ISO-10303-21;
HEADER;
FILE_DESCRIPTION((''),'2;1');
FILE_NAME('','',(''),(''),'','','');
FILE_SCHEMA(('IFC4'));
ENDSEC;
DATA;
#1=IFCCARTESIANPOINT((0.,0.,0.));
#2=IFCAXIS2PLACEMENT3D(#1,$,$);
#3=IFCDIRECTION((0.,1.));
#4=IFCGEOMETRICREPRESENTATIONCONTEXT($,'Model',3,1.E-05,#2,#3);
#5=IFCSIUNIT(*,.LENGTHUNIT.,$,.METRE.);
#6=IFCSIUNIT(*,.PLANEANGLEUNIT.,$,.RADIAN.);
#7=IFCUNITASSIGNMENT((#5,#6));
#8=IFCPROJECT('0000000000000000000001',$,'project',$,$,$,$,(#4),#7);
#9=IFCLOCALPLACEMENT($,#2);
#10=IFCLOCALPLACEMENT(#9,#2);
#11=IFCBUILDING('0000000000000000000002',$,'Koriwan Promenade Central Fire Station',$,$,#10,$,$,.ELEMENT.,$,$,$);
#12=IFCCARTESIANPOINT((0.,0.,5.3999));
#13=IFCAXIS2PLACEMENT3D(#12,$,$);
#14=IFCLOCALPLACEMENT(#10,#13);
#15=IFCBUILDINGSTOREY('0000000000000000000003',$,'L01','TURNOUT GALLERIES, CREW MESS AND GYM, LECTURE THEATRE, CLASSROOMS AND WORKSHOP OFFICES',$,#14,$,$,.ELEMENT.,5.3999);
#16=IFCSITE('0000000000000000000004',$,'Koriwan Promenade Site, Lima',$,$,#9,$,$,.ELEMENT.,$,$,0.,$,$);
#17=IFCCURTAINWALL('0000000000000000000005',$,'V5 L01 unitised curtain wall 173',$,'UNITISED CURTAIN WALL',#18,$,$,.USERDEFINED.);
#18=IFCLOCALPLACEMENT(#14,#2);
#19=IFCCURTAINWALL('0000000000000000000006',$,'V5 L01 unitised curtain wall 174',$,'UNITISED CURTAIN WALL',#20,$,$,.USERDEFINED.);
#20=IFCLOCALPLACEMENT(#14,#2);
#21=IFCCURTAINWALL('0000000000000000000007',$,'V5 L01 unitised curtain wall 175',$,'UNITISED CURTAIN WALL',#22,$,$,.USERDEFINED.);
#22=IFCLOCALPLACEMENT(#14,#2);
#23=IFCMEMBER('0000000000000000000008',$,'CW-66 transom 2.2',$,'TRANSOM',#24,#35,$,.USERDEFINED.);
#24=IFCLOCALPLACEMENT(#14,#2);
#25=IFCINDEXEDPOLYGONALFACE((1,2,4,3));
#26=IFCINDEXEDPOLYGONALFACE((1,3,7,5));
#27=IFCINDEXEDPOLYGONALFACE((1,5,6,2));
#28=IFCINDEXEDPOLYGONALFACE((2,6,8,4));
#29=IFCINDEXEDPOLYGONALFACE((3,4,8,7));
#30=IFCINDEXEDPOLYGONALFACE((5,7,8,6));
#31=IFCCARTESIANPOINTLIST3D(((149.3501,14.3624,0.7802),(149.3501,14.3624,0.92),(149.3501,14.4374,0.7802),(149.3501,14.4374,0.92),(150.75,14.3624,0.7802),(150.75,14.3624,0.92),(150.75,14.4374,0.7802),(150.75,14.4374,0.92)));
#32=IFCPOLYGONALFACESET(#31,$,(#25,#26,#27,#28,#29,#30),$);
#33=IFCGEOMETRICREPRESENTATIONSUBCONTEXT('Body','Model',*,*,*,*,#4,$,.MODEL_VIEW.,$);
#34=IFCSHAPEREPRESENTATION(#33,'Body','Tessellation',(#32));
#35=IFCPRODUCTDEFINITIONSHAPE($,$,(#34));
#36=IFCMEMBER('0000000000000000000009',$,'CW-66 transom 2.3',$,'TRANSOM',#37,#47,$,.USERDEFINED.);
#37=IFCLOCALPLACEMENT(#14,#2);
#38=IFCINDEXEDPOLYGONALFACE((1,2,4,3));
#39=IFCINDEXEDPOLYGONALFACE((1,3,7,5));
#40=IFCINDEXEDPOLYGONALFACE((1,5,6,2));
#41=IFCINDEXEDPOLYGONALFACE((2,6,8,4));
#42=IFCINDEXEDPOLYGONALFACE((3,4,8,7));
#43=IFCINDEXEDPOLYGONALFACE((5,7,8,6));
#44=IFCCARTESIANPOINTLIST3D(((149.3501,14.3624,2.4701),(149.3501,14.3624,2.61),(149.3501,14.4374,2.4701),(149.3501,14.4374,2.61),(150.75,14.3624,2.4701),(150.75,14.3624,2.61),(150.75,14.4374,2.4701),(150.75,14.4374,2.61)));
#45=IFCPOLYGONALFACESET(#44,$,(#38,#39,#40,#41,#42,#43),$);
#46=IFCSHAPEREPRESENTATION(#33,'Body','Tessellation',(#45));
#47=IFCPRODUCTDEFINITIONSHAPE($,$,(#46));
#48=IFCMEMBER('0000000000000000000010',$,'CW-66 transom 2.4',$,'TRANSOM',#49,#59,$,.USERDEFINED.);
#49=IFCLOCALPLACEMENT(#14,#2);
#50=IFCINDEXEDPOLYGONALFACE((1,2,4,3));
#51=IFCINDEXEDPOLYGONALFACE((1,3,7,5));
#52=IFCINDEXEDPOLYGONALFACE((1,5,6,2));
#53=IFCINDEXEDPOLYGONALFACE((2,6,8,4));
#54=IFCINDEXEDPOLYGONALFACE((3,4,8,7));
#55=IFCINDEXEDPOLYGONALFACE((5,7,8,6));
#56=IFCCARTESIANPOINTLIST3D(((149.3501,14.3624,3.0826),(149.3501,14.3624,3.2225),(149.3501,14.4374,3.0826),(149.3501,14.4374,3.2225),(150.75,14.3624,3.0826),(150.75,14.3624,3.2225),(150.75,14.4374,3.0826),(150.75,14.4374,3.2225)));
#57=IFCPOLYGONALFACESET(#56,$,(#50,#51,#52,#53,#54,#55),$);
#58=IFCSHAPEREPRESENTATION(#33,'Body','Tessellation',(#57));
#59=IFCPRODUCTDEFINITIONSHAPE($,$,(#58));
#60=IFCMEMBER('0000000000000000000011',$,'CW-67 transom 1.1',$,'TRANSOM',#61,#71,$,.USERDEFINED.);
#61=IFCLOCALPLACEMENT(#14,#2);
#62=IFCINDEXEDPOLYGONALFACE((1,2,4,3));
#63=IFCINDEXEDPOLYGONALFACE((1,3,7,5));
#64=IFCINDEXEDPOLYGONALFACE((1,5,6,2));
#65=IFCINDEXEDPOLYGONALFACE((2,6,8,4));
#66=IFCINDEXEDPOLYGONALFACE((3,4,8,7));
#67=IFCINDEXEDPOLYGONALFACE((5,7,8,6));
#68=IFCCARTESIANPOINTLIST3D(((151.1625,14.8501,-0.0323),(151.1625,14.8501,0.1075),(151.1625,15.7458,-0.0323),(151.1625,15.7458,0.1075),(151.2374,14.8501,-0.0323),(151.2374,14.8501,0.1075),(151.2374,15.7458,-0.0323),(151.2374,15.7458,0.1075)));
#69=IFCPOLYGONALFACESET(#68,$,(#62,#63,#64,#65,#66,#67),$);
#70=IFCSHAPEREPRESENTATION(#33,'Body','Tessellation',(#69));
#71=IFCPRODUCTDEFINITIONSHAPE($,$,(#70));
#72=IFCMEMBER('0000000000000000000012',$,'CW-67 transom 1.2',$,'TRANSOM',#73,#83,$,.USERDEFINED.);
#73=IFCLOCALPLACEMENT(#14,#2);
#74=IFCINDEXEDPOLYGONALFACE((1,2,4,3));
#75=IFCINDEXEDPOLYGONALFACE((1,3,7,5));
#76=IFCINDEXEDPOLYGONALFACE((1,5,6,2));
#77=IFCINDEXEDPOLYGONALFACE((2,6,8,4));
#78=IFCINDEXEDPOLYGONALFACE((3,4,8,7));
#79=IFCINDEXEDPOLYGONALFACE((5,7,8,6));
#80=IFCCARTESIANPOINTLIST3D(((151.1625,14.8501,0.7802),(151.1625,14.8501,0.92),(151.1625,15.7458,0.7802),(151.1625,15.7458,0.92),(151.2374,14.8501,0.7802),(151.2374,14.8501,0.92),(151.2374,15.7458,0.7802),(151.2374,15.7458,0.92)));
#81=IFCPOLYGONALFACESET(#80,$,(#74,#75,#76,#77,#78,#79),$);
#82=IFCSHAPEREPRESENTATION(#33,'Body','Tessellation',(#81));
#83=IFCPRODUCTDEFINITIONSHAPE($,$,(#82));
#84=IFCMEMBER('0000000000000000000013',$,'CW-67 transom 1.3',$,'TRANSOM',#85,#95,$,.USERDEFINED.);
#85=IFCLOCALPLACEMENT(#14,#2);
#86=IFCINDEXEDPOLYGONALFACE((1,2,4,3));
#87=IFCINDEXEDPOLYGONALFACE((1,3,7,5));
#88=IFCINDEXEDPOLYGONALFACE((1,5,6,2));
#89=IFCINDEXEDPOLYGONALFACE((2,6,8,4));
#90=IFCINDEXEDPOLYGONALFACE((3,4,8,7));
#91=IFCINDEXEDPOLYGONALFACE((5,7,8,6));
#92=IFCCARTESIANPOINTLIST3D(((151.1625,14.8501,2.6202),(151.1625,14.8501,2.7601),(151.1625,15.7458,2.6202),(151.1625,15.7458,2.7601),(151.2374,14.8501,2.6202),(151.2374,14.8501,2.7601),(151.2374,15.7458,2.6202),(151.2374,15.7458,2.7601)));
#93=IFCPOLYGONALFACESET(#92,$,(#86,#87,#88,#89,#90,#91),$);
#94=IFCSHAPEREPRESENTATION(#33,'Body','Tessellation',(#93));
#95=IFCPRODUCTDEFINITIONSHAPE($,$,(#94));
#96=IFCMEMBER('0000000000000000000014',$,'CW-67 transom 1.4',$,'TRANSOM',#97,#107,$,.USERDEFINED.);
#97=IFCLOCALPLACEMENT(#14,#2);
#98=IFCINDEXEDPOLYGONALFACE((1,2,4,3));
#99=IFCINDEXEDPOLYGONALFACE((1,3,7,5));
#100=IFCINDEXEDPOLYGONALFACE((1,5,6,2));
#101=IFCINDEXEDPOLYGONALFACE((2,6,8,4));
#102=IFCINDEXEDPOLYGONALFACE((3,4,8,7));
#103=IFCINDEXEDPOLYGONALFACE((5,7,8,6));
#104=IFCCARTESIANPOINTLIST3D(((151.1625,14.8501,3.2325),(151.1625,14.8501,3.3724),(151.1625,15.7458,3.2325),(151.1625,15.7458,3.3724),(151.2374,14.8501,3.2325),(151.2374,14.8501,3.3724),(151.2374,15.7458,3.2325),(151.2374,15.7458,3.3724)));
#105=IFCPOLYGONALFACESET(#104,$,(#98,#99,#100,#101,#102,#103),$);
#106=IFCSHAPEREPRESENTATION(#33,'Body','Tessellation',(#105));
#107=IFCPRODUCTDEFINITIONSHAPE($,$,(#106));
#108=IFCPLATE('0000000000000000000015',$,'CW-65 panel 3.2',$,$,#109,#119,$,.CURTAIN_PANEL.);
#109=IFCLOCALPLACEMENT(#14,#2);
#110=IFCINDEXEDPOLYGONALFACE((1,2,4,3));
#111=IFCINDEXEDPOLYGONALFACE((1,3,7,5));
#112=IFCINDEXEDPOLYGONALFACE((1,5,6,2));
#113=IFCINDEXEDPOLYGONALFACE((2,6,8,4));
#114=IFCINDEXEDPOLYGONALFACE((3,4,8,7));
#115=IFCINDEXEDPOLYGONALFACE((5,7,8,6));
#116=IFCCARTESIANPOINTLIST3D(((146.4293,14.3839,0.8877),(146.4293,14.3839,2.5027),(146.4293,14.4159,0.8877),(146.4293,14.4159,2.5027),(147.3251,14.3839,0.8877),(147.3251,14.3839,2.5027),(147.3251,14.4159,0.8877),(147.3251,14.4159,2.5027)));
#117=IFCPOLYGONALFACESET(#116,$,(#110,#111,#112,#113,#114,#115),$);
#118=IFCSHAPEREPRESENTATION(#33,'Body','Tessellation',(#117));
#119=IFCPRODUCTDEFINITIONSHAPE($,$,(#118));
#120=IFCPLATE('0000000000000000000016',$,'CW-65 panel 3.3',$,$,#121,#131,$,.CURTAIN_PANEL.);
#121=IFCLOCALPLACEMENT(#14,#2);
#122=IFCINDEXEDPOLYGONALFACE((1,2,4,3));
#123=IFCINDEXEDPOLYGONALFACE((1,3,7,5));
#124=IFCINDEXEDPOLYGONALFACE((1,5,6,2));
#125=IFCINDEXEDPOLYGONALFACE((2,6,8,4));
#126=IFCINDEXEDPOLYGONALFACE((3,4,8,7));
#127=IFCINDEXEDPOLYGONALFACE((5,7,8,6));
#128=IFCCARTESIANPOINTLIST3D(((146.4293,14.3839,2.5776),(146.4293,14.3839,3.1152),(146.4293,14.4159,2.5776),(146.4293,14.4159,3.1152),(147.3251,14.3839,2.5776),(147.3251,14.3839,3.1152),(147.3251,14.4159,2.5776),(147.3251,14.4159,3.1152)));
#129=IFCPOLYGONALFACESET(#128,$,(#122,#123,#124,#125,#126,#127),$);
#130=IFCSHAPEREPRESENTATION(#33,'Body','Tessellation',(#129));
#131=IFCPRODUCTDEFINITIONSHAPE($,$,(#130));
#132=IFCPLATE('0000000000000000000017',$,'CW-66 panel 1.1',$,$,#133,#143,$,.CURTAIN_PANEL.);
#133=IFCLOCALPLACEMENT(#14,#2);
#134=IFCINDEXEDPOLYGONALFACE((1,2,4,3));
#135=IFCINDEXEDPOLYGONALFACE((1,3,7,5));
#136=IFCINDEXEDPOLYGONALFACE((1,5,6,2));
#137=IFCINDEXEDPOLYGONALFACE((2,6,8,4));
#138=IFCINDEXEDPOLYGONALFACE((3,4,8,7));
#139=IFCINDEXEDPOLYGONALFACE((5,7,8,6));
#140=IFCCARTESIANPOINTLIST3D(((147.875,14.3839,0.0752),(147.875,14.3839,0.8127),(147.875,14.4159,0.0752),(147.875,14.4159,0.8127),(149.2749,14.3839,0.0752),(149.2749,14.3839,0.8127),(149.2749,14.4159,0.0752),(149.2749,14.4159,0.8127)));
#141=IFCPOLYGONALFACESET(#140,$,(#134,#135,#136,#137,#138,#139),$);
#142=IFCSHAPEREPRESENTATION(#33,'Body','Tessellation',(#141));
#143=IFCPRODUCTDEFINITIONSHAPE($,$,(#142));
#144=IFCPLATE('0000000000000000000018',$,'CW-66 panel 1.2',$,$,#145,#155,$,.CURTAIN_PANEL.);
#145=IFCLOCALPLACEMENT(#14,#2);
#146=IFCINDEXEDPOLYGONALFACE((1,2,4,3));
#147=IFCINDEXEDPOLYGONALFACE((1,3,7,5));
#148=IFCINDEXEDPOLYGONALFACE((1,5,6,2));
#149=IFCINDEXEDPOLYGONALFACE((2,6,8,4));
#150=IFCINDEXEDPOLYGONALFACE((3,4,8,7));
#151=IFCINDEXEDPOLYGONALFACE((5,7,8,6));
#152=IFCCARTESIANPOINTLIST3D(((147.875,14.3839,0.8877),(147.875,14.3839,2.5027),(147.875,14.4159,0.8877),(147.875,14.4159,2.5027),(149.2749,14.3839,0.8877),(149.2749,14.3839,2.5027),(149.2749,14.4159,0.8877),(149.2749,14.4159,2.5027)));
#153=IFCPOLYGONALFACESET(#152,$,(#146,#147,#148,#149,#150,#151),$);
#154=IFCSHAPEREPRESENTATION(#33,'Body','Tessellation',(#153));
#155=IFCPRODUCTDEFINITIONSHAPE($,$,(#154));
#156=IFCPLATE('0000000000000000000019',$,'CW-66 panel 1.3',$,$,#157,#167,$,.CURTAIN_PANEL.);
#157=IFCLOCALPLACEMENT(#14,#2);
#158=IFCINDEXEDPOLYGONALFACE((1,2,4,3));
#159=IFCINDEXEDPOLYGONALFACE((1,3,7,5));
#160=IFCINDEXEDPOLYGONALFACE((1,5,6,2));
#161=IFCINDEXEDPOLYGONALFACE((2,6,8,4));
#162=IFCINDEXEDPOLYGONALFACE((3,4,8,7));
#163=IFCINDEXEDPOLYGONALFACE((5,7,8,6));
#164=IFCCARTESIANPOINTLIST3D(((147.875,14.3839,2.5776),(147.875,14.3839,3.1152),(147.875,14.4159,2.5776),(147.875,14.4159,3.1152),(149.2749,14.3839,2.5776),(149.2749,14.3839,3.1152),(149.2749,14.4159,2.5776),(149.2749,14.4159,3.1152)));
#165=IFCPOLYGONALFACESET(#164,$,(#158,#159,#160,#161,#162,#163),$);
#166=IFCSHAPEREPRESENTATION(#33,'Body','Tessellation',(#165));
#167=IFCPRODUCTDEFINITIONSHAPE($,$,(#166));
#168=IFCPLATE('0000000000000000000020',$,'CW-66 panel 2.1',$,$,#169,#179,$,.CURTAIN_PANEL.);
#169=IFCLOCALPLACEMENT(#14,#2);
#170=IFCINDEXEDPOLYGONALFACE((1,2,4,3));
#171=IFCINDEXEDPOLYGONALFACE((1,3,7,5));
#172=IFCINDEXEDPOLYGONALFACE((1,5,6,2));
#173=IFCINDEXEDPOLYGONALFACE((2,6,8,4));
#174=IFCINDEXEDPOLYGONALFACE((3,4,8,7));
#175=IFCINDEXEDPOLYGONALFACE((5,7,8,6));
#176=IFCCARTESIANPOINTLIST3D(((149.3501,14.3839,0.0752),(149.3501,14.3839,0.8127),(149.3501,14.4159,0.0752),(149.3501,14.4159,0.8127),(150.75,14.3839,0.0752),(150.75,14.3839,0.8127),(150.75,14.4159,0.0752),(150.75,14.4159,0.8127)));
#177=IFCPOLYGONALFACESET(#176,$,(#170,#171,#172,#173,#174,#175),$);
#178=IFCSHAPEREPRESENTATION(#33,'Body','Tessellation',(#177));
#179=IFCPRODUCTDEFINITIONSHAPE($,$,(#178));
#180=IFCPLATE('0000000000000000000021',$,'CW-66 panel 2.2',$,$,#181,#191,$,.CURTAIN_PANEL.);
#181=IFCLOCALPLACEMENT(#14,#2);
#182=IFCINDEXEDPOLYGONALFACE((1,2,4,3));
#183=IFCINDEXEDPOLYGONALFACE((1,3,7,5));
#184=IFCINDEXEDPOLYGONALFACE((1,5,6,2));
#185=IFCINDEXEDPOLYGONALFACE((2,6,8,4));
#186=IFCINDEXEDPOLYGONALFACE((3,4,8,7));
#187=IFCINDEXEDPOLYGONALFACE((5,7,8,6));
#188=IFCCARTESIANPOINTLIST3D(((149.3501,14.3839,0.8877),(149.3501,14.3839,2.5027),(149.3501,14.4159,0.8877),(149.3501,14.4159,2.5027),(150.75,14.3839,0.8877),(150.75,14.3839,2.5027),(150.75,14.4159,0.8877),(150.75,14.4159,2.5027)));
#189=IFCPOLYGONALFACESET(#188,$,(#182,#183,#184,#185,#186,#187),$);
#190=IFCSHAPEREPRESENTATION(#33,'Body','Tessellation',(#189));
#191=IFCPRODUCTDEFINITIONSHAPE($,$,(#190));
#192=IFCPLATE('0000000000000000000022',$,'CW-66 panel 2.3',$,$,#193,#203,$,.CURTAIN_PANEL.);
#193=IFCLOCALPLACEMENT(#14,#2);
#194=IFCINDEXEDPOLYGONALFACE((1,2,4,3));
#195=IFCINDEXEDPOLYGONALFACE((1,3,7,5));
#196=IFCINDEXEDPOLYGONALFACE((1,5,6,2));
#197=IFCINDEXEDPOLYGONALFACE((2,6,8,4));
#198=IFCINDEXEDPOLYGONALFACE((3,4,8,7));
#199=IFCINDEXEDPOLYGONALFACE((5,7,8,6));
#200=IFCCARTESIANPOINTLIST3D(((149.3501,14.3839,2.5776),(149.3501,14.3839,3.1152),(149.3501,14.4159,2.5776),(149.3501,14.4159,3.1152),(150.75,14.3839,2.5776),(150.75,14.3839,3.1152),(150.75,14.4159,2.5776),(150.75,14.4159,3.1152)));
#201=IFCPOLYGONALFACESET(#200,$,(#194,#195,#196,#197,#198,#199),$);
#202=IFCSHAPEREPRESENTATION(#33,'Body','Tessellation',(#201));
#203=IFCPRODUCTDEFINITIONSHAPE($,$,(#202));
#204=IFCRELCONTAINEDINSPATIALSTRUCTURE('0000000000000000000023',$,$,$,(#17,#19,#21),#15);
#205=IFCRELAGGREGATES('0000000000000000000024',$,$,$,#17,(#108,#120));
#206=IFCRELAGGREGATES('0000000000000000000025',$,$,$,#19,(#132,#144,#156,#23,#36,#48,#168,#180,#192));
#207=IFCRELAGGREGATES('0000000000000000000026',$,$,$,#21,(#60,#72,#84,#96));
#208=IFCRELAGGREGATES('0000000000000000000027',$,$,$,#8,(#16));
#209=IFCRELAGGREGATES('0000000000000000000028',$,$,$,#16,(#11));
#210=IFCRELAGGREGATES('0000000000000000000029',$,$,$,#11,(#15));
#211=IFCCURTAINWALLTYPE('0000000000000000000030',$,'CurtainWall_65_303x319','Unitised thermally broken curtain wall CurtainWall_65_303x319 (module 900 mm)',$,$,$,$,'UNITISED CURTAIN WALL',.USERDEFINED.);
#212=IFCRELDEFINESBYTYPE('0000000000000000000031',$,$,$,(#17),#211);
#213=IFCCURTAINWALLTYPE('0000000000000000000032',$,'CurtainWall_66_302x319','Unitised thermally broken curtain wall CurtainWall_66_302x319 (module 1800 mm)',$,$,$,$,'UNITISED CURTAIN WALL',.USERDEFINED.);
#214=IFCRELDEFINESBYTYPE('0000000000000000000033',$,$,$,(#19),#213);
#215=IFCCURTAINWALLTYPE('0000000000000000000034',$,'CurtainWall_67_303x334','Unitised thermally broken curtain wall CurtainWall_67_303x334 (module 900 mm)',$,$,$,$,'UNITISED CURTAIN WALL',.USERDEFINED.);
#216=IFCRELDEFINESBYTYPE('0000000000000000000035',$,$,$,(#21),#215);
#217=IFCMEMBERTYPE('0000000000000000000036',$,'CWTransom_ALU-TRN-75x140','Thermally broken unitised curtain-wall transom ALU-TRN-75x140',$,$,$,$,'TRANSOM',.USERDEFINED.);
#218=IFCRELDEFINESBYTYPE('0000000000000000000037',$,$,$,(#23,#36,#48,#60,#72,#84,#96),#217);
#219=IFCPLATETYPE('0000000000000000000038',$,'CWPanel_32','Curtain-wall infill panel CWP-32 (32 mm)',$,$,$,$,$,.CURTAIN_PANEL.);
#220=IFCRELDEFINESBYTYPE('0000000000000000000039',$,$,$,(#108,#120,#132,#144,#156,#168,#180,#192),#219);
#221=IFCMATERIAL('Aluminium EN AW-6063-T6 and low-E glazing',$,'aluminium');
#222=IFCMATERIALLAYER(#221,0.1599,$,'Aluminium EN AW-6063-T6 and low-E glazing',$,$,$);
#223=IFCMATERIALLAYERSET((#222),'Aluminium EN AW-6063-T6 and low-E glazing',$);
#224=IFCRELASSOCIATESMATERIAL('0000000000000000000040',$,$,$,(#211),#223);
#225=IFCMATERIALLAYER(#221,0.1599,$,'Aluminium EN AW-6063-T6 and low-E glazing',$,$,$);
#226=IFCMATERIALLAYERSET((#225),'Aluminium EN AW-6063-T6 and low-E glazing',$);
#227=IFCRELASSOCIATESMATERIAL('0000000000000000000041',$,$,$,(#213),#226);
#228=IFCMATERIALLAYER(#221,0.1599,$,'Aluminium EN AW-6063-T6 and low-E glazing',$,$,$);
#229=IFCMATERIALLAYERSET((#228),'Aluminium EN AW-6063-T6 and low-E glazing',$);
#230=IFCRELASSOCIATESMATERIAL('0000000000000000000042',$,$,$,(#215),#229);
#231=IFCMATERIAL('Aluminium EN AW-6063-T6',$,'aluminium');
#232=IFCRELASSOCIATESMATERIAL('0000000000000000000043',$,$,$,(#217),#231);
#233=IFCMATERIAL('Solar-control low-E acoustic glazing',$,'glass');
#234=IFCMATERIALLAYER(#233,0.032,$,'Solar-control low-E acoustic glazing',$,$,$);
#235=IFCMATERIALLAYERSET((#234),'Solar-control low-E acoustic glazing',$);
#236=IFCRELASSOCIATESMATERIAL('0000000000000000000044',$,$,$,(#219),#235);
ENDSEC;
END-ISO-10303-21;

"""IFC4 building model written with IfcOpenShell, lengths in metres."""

from ifc_helpers import new_model, si_unit, direction, frame, origin, origin_2d, place, context, subcontext, project, spatial, rectangle, extrude, material, layer, layer_set, material_profile, profile_set, type_object, element, aggregate, save


model = new_model("IFC4")

# Units and contexts
model_context = context("Model", 3, precision=1e-05, world=origin(), true_north=direction((0.0, 1.0)))
body_context = subcontext(model_context, "Body", "Model", "MODEL_VIEW")
ifc_project = project(units=[si_unit("LENGTHUNIT", "METRE"), si_unit("PLANEANGLEUNIT", "RADIAN")], contexts=[model_context])

# Site, building, storey
site_placement = place(None, origin())
site = spatial("IfcSite", under=ifc_project, at=site_placement, Name="Koriwan Promenade Site, Lima", CompositionType="ELEMENT", RefElevation=0.0)
building_placement = place(site_placement, origin())
building = spatial("IfcBuilding", under=site, at=building_placement, Name="Koriwan Promenade Central Fire Station", CompositionType="ELEMENT")
storey_placement = place(building_placement, frame((0.0, 0.0, 5.3999)))
storey = spatial("IfcBuildingStorey", under=building, at=storey_placement, Name="L01", Description="TURNOUT GALLERIES, CREW MESS AND GYM, LECTURE THEATRE, CLASSROOMS AND WORKSHOP OFFICES", CompositionType="ELEMENT", Elevation=5.3999)

# Curtain wall
ifc_material_1 = material(Name="Aluminium EN AW-6063-T6 and low-E glazing", Category="aluminium")
ifc_layer_1 = layer(ifc_material_1, 0.1599, Name="Aluminium EN AW-6063-T6 and low-E glazing")
ifc_layer_set_1 = layer_set([ifc_layer_1], Name="Aluminium EN AW-6063-T6 and low-E glazing")
curtain_wall_type_1 = type_object("IfcCurtainWallType", Name="CurtainWall_65_303x319", Description="Unitised thermally broken curtain wall CurtainWall_65_303x319 (module 900 mm)", ElementType="UNITISED CURTAIN WALL", PredefinedType="USERDEFINED", material=ifc_layer_set_1)
curtain_wall_1_placement = place(storey_placement, origin())
curtain_wall_1 = element("IfcCurtainWall", 1, at=curtain_wall_1_placement, inside=storey, type_object=curtain_wall_type_1, Name="V5 L01 unitised curtain wall 173", ObjectType="UNITISED CURTAIN WALL", PredefinedType="USERDEFINED")
ifc_material_2 = material(Name="Aluminium EN AW-6063-T6", Category="aluminium")

# Curtain walls
ifc_layer_2 = layer(ifc_material_1, 0.1599, Name="Aluminium EN AW-6063-T6 and low-E glazing")
ifc_layer_set_2 = layer_set([ifc_layer_2], Name="Aluminium EN AW-6063-T6 and low-E glazing")
curtain_wall_type_2 = type_object("IfcCurtainWallType", Name="CurtainWall_66_302x319", Description="Unitised thermally broken curtain wall CurtainWall_66_302x319 (module 1800 mm)", ElementType="UNITISED CURTAIN WALL", PredefinedType="USERDEFINED", material=ifc_layer_set_2)
curtain_wall_2_placement = place(storey_placement, origin())
curtain_wall_2 = element("IfcCurtainWall", 2, at=curtain_wall_2_placement, inside=storey, type_object=curtain_wall_type_2, Name="V5 L01 unitised curtain wall 174", ObjectType="UNITISED CURTAIN WALL", PredefinedType="USERDEFINED")
ifc_layer_3 = layer(ifc_material_1, 0.1599, Name="Aluminium EN AW-6063-T6 and low-E glazing")
ifc_layer_set_3 = layer_set([ifc_layer_3], Name="Aluminium EN AW-6063-T6 and low-E glazing")
curtain_wall_type_3 = type_object("IfcCurtainWallType", Name="CurtainWall_67_303x334", Description="Unitised thermally broken curtain wall CurtainWall_67_303x334 (module 900 mm)", ElementType="UNITISED CURTAIN WALL", PredefinedType="USERDEFINED", material=ifc_layer_set_3)
curtain_wall_3_placement = place(storey_placement, origin())
curtain_wall_3 = element("IfcCurtainWall", 3, at=curtain_wall_3_placement, inside=storey, type_object=curtain_wall_type_3, Name="V5 L01 unitised curtain wall 175", ObjectType="UNITISED CURTAIN WALL", PredefinedType="USERDEFINED")

# Members
ifc_material_profile_1 = material_profile(ifc_material_2, rectangle(XDim=0.075, YDim=0.1399, at=origin_2d()), Name="ALU-TRN-75x140")
ifc_profile_set_1 = profile_set([ifc_material_profile_1], Name="Aluminium EN AW-6063-T6")
member_type_1 = type_object("IfcMemberType", Name="CWTransom_ALU-TRN-75x140", Description="Thermally broken unitised curtain-wall transom ALU-TRN-75x140", ElementType="TRANSOM", PredefinedType="USERDEFINED", material=ifc_profile_set_1)
member_1_placement = place(storey_placement, frame((149.3501, 14.3999, 0.8501), z_axis=(1.0, 0.0, 0.0), x_axis=(0.0, 1.0, 0.0)))
member_1 = element("IfcMember", 4, at=member_1_placement, type_object=member_type_1, Name="CW-66 transom 2.2", ObjectType="TRANSOM", PredefinedType="USERDEFINED", context=body_context, shape_type="SweptSolid", body=[
    extrude(rectangle(XDim=0.075, YDim=0.1399, at=origin_2d()), origin(), (0.0, 0.0, 1.0), 1.3999),
])
member_2_placement = place(storey_placement, frame((149.3501, 14.3999, 2.54), z_axis=(1.0, 0.0, 0.0), x_axis=(0.0, 1.0, 0.0)))
member_2 = element("IfcMember", 5, at=member_2_placement, type_object=member_type_1, Name="CW-66 transom 2.3", ObjectType="TRANSOM", PredefinedType="USERDEFINED", context=body_context, shape_type="SweptSolid", body=[
    extrude(rectangle(XDim=0.075, YDim=0.1399, at=origin_2d()), origin(), (0.0, 0.0, 1.0), 1.3999),
])
member_3_placement = place(storey_placement, frame((149.3501, 14.3999, 3.1526), z_axis=(1.0, 0.0, 0.0), x_axis=(0.0, 1.0, 0.0)))
member_3 = element("IfcMember", 6, at=member_3_placement, type_object=member_type_1, Name="CW-66 transom 2.4", ObjectType="TRANSOM", PredefinedType="USERDEFINED", context=body_context, shape_type="SweptSolid", body=[
    extrude(rectangle(XDim=0.075, YDim=0.1399, at=origin_2d()), origin(), (0.0, 0.0, 1.0), 1.3999),
])
member_4_placement = place(storey_placement, frame((151.2, 14.8501, 0.0376), z_axis=(0.0, 1.0, 0.0), x_axis=(-1.0, 0.0, 0.0)))
member_4 = element("IfcMember", 7, at=member_4_placement, type_object=member_type_1, Name="CW-67 transom 1.1", ObjectType="TRANSOM", PredefinedType="USERDEFINED", context=body_context, shape_type="SweptSolid", body=[
    extrude(rectangle(XDim=0.075, YDim=0.1399, at=origin_2d()), origin(), (0.0, 0.0, 1.0), 0.8958),
])
member_5_placement = place(storey_placement, frame((151.2, 14.8501, 0.8501), z_axis=(0.0, 1.0, 0.0), x_axis=(-1.0, 0.0, 0.0)))
member_5 = element("IfcMember", 8, at=member_5_placement, type_object=member_type_1, Name="CW-67 transom 1.2", ObjectType="TRANSOM", PredefinedType="USERDEFINED", context=body_context, shape_type="SweptSolid", body=[
    extrude(rectangle(XDim=0.075, YDim=0.1399, at=origin_2d()), origin(), (0.0, 0.0, 1.0), 0.8958),
])
member_6_placement = place(storey_placement, frame((151.2, 14.8501, 2.6902), z_axis=(0.0, 1.0, 0.0), x_axis=(-1.0, 0.0, 0.0)))
member_6 = element("IfcMember", 9, at=member_6_placement, type_object=member_type_1, Name="CW-67 transom 1.3", ObjectType="TRANSOM", PredefinedType="USERDEFINED", context=body_context, shape_type="SweptSolid", body=[
    extrude(rectangle(XDim=0.075, YDim=0.1399, at=origin_2d()), origin(), (0.0, 0.0, 1.0), 0.8958),
])
member_7_placement = place(storey_placement, frame((151.2, 14.8501, 3.3025), z_axis=(0.0, 1.0, 0.0), x_axis=(-1.0, 0.0, 0.0)))
member_7 = element("IfcMember", 10, at=member_7_placement, type_object=member_type_1, Name="CW-67 transom 1.4", ObjectType="TRANSOM", PredefinedType="USERDEFINED", context=body_context, shape_type="SweptSolid", body=[
    extrude(rectangle(XDim=0.075, YDim=0.1399, at=origin_2d()), origin(), (0.0, 0.0, 1.0), 0.8958),
])

# Plates
ifc_material_3 = material(Name="Solar-control low-E acoustic glazing", Category="glass")
ifc_layer_4 = layer(ifc_material_3, 0.032, Name="Solar-control low-E acoustic glazing")
ifc_layer_set_4 = layer_set([ifc_layer_4], Name="Solar-control low-E acoustic glazing")
plate_type = type_object("IfcPlateType", Name="CWPanel_32", Description="Curtain-wall infill panel CWP-32 (32 mm)", PredefinedType="CURTAIN_PANEL", material=ifc_layer_set_4)
plate_1_placement = place(storey_placement, frame((146.8772, 14.3999, 0.8877), z_axis=(0.0, 0.0, 1.0), x_axis=(1.0, 0.0, 0.0)))
plate_1 = element("IfcPlate", 11, at=plate_1_placement, type_object=plate_type, Name="CW-65 panel 3.2", PredefinedType="CURTAIN_PANEL", context=body_context, shape_type="SweptSolid", body=[
    extrude(rectangle(XDim=0.8958, YDim=0.032, at=origin_2d()), origin(), (0.0, 0.0, 1.0), 1.615),
])
plate_2_placement = place(storey_placement, frame((146.8772, 14.3999, 2.5776), z_axis=(0.0, 0.0, 1.0), x_axis=(1.0, 0.0, 0.0)))
plate_2 = element("IfcPlate", 12, at=plate_2_placement, type_object=plate_type, Name="CW-65 panel 3.3", PredefinedType="CURTAIN_PANEL", context=body_context, shape_type="SweptSolid", body=[
    extrude(rectangle(XDim=0.8958, YDim=0.032, at=origin_2d()), origin(), (0.0, 0.0, 1.0), 0.5376),
])
aggregate(curtain_wall_1, [plate_1, plate_2])
plate_3_placement = place(storey_placement, frame((148.575, 14.3999, 0.0752), z_axis=(0.0, 0.0, 1.0), x_axis=(1.0, 0.0, 0.0)))
plate_3 = element("IfcPlate", 13, at=plate_3_placement, type_object=plate_type, Name="CW-66 panel 1.1", PredefinedType="CURTAIN_PANEL", context=body_context, shape_type="SweptSolid", body=[
    extrude(rectangle(XDim=1.3999, YDim=0.032, at=origin_2d()), origin(), (0.0, 0.0, 1.0), 0.7375),
])
plate_4_placement = place(storey_placement, frame((148.575, 14.3999, 0.8877), z_axis=(0.0, 0.0, 1.0), x_axis=(1.0, 0.0, 0.0)))
plate_4 = element("IfcPlate", 14, at=plate_4_placement, type_object=plate_type, Name="CW-66 panel 1.2", PredefinedType="CURTAIN_PANEL", context=body_context, shape_type="SweptSolid", body=[
    extrude(rectangle(XDim=1.3999, YDim=0.032, at=origin_2d()), origin(), (0.0, 0.0, 1.0), 1.615),
])
plate_5_placement = place(storey_placement, frame((148.575, 14.3999, 2.5776), z_axis=(0.0, 0.0, 1.0), x_axis=(1.0, 0.0, 0.0)))
plate_5 = element("IfcPlate", 15, at=plate_5_placement, type_object=plate_type, Name="CW-66 panel 1.3", PredefinedType="CURTAIN_PANEL", context=body_context, shape_type="SweptSolid", body=[
    extrude(rectangle(XDim=1.3999, YDim=0.032, at=origin_2d()), origin(), (0.0, 0.0, 1.0), 0.5376),
])
plate_6_placement = place(storey_placement, frame((150.05, 14.3999, 0.0752), z_axis=(0.0, 0.0, 1.0), x_axis=(1.0, 0.0, 0.0)))
plate_6 = element("IfcPlate", 16, at=plate_6_placement, type_object=plate_type, Name="CW-66 panel 2.1", PredefinedType="CURTAIN_PANEL", context=body_context, shape_type="SweptSolid", body=[
    extrude(rectangle(XDim=1.3999, YDim=0.032, at=origin_2d()), origin(), (0.0, 0.0, 1.0), 0.7375),
])
plate_7_placement = place(storey_placement, frame((150.05, 14.3999, 0.8877), z_axis=(0.0, 0.0, 1.0), x_axis=(1.0, 0.0, 0.0)))
plate_7 = element("IfcPlate", 17, at=plate_7_placement, type_object=plate_type, Name="CW-66 panel 2.2", PredefinedType="CURTAIN_PANEL", context=body_context, shape_type="SweptSolid", body=[
    extrude(rectangle(XDim=1.3999, YDim=0.032, at=origin_2d()), origin(), (0.0, 0.0, 1.0), 1.615),
])
plate_8_placement = place(storey_placement, frame((150.05, 14.3999, 2.5776), z_axis=(0.0, 0.0, 1.0), x_axis=(1.0, 0.0, 0.0)))
plate_8 = element("IfcPlate", 18, at=plate_8_placement, type_object=plate_type, Name="CW-66 panel 2.3", PredefinedType="CURTAIN_PANEL", context=body_context, shape_type="SweptSolid", body=[
    extrude(rectangle(XDim=1.3999, YDim=0.032, at=origin_2d()), origin(), (0.0, 0.0, 1.0), 0.5376),
])
aggregate(curtain_wall_2, [plate_3, plate_4, plate_5, member_1, member_2, member_3, plate_6, plate_7, plate_8])
aggregate(curtain_wall_3, [member_4, member_5, member_6, member_7])

save(model, "model.ifc")
